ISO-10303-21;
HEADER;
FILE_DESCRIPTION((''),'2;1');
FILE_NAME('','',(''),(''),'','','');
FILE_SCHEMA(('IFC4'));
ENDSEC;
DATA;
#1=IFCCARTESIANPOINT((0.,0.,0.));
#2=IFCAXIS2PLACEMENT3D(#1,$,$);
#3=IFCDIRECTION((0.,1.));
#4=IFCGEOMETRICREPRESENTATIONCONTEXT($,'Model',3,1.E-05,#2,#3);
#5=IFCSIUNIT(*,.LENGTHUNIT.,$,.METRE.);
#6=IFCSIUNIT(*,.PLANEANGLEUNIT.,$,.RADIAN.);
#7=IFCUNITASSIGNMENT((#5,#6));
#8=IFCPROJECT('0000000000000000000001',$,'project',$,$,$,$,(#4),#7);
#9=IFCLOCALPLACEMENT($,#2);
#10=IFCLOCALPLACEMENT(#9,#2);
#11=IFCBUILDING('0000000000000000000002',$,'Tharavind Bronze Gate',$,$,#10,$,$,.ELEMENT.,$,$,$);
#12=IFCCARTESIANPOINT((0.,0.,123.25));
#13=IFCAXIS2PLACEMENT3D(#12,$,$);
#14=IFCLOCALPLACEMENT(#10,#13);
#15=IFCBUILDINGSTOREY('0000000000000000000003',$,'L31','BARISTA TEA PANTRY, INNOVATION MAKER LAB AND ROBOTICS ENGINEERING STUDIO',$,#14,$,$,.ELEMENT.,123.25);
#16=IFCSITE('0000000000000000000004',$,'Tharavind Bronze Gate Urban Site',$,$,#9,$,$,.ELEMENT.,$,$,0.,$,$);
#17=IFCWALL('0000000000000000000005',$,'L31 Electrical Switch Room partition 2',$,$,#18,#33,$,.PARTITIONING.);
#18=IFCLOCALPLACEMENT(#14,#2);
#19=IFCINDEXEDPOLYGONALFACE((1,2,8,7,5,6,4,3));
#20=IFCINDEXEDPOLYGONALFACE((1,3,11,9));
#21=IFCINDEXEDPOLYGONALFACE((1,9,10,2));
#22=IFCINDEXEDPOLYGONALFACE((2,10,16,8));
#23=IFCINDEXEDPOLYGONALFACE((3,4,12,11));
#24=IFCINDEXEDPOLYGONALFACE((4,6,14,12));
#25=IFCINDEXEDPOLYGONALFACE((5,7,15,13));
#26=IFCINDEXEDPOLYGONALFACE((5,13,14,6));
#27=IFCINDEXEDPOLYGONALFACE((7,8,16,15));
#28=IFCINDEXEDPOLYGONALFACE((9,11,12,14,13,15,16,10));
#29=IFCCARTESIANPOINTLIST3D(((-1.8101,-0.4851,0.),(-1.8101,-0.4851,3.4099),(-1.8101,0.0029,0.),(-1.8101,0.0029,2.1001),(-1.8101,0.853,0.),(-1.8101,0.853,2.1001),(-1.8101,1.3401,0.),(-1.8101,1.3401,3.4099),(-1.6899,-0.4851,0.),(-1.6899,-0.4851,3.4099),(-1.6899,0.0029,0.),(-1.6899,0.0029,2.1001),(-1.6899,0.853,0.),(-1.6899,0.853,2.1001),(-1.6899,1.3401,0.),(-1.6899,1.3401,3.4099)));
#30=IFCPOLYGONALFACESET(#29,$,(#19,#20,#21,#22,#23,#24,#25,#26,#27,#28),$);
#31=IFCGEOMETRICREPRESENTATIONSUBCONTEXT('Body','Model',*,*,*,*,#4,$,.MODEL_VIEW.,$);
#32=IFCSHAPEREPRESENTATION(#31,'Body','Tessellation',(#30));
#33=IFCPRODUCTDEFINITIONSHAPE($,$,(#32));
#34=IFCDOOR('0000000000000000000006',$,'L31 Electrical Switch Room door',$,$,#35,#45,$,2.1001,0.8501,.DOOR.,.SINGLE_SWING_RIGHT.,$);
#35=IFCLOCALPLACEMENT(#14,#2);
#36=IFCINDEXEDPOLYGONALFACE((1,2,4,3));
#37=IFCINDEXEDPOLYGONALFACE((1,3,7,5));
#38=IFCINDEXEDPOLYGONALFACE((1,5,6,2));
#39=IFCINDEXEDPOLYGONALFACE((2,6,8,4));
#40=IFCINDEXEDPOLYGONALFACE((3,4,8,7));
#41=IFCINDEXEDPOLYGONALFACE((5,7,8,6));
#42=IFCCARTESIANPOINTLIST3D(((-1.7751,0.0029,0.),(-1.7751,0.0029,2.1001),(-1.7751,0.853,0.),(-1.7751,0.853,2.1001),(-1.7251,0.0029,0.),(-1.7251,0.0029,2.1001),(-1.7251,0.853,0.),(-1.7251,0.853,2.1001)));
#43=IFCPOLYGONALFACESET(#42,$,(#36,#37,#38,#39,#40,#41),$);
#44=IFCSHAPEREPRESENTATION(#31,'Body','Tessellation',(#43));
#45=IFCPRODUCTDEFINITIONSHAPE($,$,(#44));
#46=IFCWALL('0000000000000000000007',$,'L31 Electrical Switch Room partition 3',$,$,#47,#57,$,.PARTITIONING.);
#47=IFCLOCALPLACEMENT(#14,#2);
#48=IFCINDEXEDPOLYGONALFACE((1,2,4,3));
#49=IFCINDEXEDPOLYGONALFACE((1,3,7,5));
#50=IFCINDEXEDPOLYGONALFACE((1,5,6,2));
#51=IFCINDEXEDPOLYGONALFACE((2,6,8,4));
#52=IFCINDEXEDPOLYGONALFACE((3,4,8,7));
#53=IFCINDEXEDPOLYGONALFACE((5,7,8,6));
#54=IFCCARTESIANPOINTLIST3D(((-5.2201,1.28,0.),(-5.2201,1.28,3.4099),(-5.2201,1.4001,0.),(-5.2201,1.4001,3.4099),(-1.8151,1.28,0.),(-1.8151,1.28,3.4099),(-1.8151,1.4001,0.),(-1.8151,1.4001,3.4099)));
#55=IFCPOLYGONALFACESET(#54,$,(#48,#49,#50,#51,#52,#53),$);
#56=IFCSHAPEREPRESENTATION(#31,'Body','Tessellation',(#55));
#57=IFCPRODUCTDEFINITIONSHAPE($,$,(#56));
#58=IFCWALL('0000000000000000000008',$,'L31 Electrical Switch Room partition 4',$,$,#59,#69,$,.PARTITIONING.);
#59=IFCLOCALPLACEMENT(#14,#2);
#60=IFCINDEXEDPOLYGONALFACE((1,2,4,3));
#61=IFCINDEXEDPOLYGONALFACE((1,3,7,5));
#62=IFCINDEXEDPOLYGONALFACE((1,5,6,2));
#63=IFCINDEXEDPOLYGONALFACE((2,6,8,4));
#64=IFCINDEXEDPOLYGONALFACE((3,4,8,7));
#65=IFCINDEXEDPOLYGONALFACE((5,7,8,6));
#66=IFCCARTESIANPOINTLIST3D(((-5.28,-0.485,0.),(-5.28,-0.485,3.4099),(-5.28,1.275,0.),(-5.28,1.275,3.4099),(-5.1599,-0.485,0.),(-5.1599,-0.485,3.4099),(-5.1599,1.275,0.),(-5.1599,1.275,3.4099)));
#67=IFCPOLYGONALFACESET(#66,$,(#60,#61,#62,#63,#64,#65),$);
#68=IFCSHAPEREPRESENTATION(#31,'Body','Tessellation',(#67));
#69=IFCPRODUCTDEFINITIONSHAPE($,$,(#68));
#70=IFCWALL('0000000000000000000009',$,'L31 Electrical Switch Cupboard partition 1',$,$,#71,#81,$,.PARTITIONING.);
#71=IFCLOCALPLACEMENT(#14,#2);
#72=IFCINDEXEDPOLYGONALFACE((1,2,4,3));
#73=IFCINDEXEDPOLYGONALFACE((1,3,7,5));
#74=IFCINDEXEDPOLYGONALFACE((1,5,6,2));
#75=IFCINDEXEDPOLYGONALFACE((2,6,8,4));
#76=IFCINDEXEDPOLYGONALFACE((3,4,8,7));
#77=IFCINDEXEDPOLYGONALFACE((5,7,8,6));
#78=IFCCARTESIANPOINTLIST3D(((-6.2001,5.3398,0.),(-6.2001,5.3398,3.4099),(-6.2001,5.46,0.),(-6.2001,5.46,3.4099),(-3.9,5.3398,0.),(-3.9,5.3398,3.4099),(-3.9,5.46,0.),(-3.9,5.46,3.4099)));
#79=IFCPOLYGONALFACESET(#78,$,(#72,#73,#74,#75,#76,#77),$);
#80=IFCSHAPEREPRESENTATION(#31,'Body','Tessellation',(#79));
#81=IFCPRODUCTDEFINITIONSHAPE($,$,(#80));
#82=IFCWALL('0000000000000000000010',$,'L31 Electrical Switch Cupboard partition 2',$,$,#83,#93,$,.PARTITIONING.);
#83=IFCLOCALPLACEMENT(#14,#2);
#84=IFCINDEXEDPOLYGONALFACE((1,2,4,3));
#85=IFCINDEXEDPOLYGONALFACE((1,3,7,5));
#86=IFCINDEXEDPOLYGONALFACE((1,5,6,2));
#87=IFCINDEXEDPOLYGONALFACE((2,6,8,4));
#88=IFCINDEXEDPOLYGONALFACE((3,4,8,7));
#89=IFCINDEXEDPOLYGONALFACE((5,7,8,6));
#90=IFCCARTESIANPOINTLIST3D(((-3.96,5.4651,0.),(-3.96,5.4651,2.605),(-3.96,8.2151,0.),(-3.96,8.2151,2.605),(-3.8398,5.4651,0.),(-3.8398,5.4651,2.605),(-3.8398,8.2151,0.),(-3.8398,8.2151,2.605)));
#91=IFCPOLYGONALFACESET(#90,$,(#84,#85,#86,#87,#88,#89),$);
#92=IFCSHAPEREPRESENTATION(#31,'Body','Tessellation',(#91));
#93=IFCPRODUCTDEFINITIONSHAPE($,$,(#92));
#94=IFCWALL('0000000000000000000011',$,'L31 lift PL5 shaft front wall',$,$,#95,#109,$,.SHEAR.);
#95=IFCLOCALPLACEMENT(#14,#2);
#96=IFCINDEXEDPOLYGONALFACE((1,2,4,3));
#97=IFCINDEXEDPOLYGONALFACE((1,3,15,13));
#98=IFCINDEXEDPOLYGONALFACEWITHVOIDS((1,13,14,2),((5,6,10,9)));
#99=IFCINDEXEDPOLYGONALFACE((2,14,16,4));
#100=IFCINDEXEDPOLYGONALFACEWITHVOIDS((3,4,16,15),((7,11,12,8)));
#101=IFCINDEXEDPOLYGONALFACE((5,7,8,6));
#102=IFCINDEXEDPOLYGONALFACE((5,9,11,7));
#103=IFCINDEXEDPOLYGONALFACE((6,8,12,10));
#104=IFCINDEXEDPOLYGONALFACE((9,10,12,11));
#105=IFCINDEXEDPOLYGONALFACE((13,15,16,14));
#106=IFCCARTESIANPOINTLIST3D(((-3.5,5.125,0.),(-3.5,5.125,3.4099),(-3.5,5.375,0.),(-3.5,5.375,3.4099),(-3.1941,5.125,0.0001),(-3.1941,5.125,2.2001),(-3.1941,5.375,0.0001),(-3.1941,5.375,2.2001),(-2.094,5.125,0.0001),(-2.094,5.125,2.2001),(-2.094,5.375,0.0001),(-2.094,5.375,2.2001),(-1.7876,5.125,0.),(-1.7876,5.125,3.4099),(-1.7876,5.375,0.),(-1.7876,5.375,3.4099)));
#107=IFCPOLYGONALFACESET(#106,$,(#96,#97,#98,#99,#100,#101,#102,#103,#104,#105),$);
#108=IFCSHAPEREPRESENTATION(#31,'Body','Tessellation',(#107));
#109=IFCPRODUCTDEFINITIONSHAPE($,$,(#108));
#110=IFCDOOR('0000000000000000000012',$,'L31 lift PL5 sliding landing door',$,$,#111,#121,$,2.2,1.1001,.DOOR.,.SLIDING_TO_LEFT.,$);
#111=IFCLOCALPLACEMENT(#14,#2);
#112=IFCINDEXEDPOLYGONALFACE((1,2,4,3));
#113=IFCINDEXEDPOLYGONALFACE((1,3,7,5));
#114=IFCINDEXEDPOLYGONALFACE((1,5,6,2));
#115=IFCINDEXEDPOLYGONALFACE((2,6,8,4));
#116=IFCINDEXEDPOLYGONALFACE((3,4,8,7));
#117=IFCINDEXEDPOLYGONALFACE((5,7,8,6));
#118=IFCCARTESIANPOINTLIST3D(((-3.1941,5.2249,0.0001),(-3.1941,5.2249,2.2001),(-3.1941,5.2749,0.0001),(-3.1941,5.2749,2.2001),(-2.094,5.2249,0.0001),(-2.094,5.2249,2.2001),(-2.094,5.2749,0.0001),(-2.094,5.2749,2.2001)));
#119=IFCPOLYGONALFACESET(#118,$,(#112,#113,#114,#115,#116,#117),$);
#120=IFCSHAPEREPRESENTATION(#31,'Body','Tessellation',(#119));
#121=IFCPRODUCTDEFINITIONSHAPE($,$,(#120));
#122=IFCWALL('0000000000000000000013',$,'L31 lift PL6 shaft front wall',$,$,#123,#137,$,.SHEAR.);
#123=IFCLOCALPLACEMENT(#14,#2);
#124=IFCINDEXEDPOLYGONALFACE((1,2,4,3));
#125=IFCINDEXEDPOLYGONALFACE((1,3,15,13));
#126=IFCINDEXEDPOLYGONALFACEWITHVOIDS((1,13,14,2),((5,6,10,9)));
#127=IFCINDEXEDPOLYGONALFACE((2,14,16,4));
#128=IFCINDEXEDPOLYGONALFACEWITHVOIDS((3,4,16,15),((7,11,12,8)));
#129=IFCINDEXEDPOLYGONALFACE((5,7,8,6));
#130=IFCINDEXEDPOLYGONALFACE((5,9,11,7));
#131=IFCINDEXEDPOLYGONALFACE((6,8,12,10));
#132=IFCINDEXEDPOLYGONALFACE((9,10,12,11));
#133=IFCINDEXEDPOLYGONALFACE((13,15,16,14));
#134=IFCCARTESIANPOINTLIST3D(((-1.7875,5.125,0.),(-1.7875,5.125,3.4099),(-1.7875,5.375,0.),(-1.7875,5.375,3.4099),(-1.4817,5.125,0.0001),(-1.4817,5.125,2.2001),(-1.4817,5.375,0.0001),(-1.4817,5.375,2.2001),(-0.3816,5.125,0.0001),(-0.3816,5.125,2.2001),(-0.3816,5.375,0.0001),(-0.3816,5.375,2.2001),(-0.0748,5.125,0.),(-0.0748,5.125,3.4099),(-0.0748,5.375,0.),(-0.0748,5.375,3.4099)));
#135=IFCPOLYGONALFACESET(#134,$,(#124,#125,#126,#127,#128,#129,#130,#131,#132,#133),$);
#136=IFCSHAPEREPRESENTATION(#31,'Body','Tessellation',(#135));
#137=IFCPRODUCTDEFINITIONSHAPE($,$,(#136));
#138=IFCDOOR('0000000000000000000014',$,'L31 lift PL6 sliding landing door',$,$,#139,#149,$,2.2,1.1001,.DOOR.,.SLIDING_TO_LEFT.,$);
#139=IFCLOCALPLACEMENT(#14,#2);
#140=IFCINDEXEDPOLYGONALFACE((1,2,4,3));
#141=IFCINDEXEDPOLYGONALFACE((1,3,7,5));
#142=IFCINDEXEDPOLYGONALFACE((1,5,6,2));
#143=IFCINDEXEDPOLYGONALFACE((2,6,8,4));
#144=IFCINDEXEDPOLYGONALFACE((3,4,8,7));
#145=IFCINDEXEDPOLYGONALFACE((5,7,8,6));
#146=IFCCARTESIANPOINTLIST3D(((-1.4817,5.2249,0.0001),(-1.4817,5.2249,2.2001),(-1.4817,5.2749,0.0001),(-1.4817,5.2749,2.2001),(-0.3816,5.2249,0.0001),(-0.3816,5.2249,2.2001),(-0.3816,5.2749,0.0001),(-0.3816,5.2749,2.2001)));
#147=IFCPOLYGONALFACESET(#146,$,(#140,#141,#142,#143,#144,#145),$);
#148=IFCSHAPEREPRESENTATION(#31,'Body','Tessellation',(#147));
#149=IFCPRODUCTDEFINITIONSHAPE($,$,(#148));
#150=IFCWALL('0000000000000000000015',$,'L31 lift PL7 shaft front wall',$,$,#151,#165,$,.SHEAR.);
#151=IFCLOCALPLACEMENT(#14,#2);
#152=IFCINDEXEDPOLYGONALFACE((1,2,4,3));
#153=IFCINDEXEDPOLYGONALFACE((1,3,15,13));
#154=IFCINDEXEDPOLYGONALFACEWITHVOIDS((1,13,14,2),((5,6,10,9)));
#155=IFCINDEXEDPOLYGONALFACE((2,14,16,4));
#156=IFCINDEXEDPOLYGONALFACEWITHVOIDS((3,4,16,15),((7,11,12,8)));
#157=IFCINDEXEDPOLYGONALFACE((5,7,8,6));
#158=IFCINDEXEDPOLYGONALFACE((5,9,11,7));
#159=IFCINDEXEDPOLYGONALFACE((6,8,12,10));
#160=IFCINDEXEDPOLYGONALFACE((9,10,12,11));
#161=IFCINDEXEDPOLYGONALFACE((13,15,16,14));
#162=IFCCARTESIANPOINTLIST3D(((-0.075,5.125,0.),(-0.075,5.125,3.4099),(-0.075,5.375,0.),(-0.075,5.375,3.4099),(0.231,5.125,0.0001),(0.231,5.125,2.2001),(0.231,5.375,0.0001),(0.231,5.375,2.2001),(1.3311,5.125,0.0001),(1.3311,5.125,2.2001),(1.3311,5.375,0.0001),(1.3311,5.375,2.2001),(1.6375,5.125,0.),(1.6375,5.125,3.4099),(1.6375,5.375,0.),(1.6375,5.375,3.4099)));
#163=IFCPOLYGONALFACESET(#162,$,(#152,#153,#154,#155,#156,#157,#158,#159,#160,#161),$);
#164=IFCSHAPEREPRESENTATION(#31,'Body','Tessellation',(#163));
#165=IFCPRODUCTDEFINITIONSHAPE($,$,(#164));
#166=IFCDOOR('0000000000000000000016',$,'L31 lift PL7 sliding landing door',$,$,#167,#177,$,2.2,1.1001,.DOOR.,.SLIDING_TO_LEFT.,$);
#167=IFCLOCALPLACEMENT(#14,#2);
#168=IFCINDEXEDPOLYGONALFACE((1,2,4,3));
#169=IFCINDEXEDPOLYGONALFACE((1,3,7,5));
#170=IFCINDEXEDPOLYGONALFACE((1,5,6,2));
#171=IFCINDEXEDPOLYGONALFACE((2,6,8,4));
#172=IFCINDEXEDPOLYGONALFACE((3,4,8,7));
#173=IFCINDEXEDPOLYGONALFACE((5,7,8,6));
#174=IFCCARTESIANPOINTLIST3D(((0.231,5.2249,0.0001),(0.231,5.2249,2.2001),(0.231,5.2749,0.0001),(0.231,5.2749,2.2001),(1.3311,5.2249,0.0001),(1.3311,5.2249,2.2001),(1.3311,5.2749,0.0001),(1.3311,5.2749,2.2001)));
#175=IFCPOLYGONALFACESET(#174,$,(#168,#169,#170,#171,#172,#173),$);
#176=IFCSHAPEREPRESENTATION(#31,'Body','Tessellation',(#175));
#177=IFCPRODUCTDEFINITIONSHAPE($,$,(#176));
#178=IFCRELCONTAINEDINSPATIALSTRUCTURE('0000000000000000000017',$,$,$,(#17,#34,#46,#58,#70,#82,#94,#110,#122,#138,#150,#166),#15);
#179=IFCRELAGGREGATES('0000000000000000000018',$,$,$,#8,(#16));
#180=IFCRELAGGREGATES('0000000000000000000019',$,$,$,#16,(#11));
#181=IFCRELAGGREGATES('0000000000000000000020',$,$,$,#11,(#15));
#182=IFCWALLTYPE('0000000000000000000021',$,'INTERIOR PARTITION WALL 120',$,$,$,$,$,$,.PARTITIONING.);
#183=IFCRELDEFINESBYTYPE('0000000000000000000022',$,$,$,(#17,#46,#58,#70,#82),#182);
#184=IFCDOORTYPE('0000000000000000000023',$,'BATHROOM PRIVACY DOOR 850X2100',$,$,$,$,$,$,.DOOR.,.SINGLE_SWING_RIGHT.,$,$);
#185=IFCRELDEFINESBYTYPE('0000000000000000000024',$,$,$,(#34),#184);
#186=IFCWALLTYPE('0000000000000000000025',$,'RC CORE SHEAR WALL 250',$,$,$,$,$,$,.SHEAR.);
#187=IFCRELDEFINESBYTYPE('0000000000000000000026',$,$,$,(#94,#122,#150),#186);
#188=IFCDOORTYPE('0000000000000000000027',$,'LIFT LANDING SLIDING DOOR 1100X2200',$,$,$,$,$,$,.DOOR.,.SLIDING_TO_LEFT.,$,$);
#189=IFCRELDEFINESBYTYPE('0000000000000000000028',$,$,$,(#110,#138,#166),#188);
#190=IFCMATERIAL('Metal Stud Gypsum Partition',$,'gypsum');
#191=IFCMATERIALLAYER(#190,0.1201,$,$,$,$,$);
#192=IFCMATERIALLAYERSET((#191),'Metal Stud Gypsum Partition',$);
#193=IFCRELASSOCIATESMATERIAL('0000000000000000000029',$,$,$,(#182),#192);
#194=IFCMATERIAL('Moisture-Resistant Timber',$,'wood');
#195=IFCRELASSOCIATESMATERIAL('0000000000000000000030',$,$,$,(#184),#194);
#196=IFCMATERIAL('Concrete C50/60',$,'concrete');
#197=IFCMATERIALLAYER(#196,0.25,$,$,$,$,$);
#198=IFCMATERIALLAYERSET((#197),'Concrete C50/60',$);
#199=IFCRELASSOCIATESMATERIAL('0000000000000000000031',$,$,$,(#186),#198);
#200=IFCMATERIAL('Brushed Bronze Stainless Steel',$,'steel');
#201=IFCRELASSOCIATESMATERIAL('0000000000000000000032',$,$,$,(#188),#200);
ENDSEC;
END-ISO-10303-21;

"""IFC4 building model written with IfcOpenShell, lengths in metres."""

from ifc_helpers import new_model, si_unit, direction, frame, frame_2d, origin, place, context, subcontext, project, spatial, rectangle, extrude, material, layer, layer_set, type_object, element, fill, save


model = new_model("IFC4")

# Units and contexts
model_context = context("Model", 3, precision=1e-05, world=origin(), true_north=direction((0.0, 1.0)))
body_context = subcontext(model_context, "Body", "Model", "MODEL_VIEW")
ifc_project = project(units=[si_unit("LENGTHUNIT", "METRE"), si_unit("PLANEANGLEUNIT", "RADIAN")], contexts=[model_context])

# Site, building, storey
site_placement = place(None, origin())
site = spatial("IfcSite", under=ifc_project, at=site_placement, Name="Tharavind Bronze Gate Urban Site", CompositionType="ELEMENT", RefElevation=0.0)
building_placement = place(site_placement, origin())
building = spatial("IfcBuilding", under=site, at=building_placement, Name="Tharavind Bronze Gate", CompositionType="ELEMENT")
storey_placement = place(building_placement, frame((0.0, 0.0, 123.25)))
storey = spatial("IfcBuildingStorey", under=building, at=storey_placement, Name="L31", Description="BARISTA TEA PANTRY, INNOVATION MAKER LAB AND ROBOTICS ENGINEERING STUDIO", CompositionType="ELEMENT", Elevation=123.25)

# Shared definitions
ifc_material_1 = material(Name="Metal Stud Gypsum Partition", Category="gypsum")
ifc_layer_1 = layer(ifc_material_1, 0.1201)
ifc_layer_set_1 = layer_set([ifc_layer_1], Name="Metal Stud Gypsum Partition")
wall_type_1 = type_object("IfcWallType", Name="INTERIOR PARTITION WALL 120", PredefinedType="PARTITIONING", material=ifc_layer_set_1)

# Shared definitions
ifc_material_2 = material(Name="Moisture-Resistant Timber", Category="wood")
door_type_1 = type_object("IfcDoorType", Name="BATHROOM PRIVACY DOOR 850X2100", OperationType="SINGLE_SWING_RIGHT", PredefinedType="DOOR", material=ifc_material_2)

# Wall, opening, door
wall_1_placement = place(storey_placement, frame((-1.75, -0.4851, 0.0), z_axis=(0.0, 0.0, 1.0), x_axis=(0.0, 1.0, 0.0)))
wall_1 = element("IfcWall", 1, at=wall_1_placement, inside=storey, type_object=wall_type_1, Name="L31 Electrical Switch Room partition 2", PredefinedType="PARTITIONING", context=body_context, shape_type="SweptSolid", body=[
    extrude(rectangle(XDim=1.8252, YDim=0.1201, at=frame_2d((0.9126, 0.0))), origin(), (0.0, 0.0, 1.0), 3.4099),
])
opening_1_placement = place(wall_1_placement, frame((0.488, 0.0, 0.0)))
opening_1 = element("IfcOpeningElement", 2, at=opening_1_placement, cuts=wall_1, PredefinedType="OPENING", context=body_context, shape_type="SweptSolid", body=[
    extrude(rectangle(XDim=0.8501, YDim=2.1001, at=frame_2d((0.425, 1.05))), frame((0.0, 0.0701, 0.0), z_axis=(0.0, -1.0, 0.0), x_axis=(1.0, 0.0, 0.0)), (0.0, 0.0, 1.0), 0.1401),
])
door_1_placement = place(opening_1_placement, frame((0.8501, 0.0, 0.0), z_axis=(0.0, 0.0, 1.0), x_axis=(-1.0, 0.0, 0.0)))
door_1 = element("IfcDoor", 3, at=door_1_placement, inside=storey, type_object=door_type_1, Name="L31 Electrical Switch Room door", OperationType="SINGLE_SWING_RIGHT", OverallHeight=2.1001, OverallWidth=0.8501, PredefinedType="DOOR", context=body_context, shape_type="SweptSolid", body=[
    extrude(rectangle(XDim=0.8501, YDim=2.1001, at=frame_2d((0.425, 1.05))), frame((0.0, 0.0249, 0.0), z_axis=(0.0, -1.0, 0.0), x_axis=(1.0, 0.0, 0.0)), (0.0, 0.0, 1.0), 0.05),
])
fill(opening_1, door_1)

# Walls
wall_2_placement = place(storey_placement, frame((-1.8149, 1.3401, 0.0), z_axis=(0.0, 0.0, 1.0), x_axis=(-1.0, 0.0, 0.0)))
element("IfcWall", 4, at=wall_2_placement, inside=storey, type_object=wall_type_1, Name="L31 Electrical Switch Room partition 3", PredefinedType="PARTITIONING", context=body_context, shape_type="SweptSolid", body=[
    extrude(rectangle(XDim=3.405, YDim=0.1201, at=frame_2d((1.7026, 0.0))), origin(), (0.0, 0.0, 1.0), 3.4099),
])
wall_3_placement = place(storey_placement, frame((-5.22, 1.2749, 0.0), z_axis=(0.0, 0.0, 1.0), x_axis=(0.0, -1.0, 0.0)))
element("IfcWall", 5, at=wall_3_placement, inside=storey, type_object=wall_type_1, Name="L31 Electrical Switch Room partition 4", PredefinedType="PARTITIONING", context=body_context, shape_type="SweptSolid", body=[
    extrude(rectangle(XDim=1.76, YDim=0.1201, at=frame_2d((0.8799, 0.0))), origin(), (0.0, 0.0, 1.0), 3.4099),
])
wall_4_placement = place(storey_placement, frame((-6.2, 5.3999, 0.0), z_axis=(0.0, 0.0, 1.0), x_axis=(1.0, 0.0, 0.0)))
element("IfcWall", 6, at=wall_4_placement, inside=storey, type_object=wall_type_1, Name="L31 Electrical Switch Cupboard partition 1", PredefinedType="PARTITIONING", context=body_context, shape_type="SweptSolid", body=[
    extrude(rectangle(XDim=2.3, YDim=0.1201, at=frame_2d((1.1499, 0.0))), origin(), (0.0, 0.0, 1.0), 3.4099),
])
wall_5_placement = place(storey_placement, frame((-3.8999, 5.4651, 0.0), z_axis=(0.0, 0.0, 1.0), x_axis=(0.0, 1.0, 0.0)))
element("IfcWall", 7, at=wall_5_placement, inside=storey, type_object=wall_type_1, Name="L31 Electrical Switch Cupboard partition 2", PredefinedType="PARTITIONING", context=body_context, shape_type="SweptSolid", body=[
    extrude(rectangle(XDim=2.75, YDim=0.1201, at=frame_2d((1.375, 0.0))), origin(), (0.0, 0.0, 1.0), 2.605),
])

# Walls, openings, doors
ifc_material_3 = material(Name="Concrete C50/60", Category="concrete")
ifc_layer_2 = layer(ifc_material_3, 0.25)
ifc_layer_set_2 = layer_set([ifc_layer_2], Name="Concrete C50/60")
wall_type_2 = type_object("IfcWallType", Name="RC CORE SHEAR WALL 250", PredefinedType="SHEAR", material=ifc_layer_set_2)
wall_6_placement = place(storey_placement, frame((-3.5, 5.25, 0.0), z_axis=(0.0, 0.0, 1.0), x_axis=(1.0, 0.0, 0.0)))
wall_6 = element("IfcWall", 8, at=wall_6_placement, inside=storey, type_object=wall_type_2, Name="L31 lift PL5 shaft front wall", PredefinedType="SHEAR", context=body_context, shape_type="SweptSolid", body=[
    extrude(rectangle(XDim=1.7124, YDim=0.25, at=frame_2d((0.8562, 0.0))), origin(), (0.0, 0.0, 1.0), 3.4099),
])
opening_2_placement = place(wall_6_placement, frame((0.3059, 0.0, 0.0)))
opening_2 = element("IfcOpeningElement", 9, at=opening_2_placement, cuts=wall_6, PredefinedType="OPENING", context=body_context, shape_type="SweptSolid", body=[
    extrude(rectangle(XDim=1.1001, YDim=2.2, at=frame_2d((0.55, 1.1001))), frame((0.0, 0.135, 0.0), z_axis=(0.0, -1.0, 0.0), x_axis=(1.0, 0.0, 0.0)), (0.0, 0.0, 1.0), 0.27),
])
ifc_material_4 = material(Name="Brushed Bronze Stainless Steel", Category="steel")
door_type_2 = type_object("IfcDoorType", Name="LIFT LANDING SLIDING DOOR 1100X2200", OperationType="SLIDING_TO_LEFT", PredefinedType="DOOR", material=ifc_material_4)
door_2_placement = place(opening_2_placement, origin())
door_2 = element("IfcDoor", 10, at=door_2_placement, inside=storey, type_object=door_type_2, Name="L31 lift PL5 sliding landing door", OperationType="SLIDING_TO_LEFT", OverallHeight=2.2, OverallWidth=1.1001, PredefinedType="DOOR", context=body_context, shape_type="SweptSolid", body=[
    extrude(rectangle(XDim=1.1001, YDim=2.2, at=frame_2d((0.55, 1.1001))), frame((0.0, 0.0249, 0.0), z_axis=(0.0, -1.0, 0.0), x_axis=(1.0, 0.0, 0.0)), (0.0, 0.0, 1.0), 0.05),
])
fill(opening_2, door_2)
wall_7_placement = place(storey_placement, frame((-1.7876, 5.25, 0.0), z_axis=(0.0, 0.0, 1.0), x_axis=(1.0, 0.0, 0.0)))
wall_7 = element("IfcWall", 11, at=wall_7_placement, inside=storey, type_object=wall_type_2, Name="L31 lift PL6 shaft front wall", PredefinedType="SHEAR", context=body_context, shape_type="SweptSolid", body=[
    extrude(rectangle(XDim=1.7126, YDim=0.25, at=frame_2d((0.8564, 0.0))), origin(), (0.0, 0.0, 1.0), 3.4099),
])
opening_3_placement = place(wall_7_placement, frame((0.3059, 0.0, 0.0)))
opening_3 = element("IfcOpeningElement", 12, at=opening_3_placement, cuts=wall_7, PredefinedType="OPENING", context=body_context, shape_type="SweptSolid", body=[
    extrude(rectangle(XDim=1.1001, YDim=2.2, at=frame_2d((0.55, 1.1001))), frame((0.0, 0.135, 0.0), z_axis=(0.0, -1.0, 0.0), x_axis=(1.0, 0.0, 0.0)), (0.0, 0.0, 1.0), 0.27),
])
door_3_placement = place(opening_3_placement, origin())
door_3 = element("IfcDoor", 13, at=door_3_placement, inside=storey, type_object=door_type_2, Name="L31 lift PL6 sliding landing door", OperationType="SLIDING_TO_LEFT", OverallHeight=2.2, OverallWidth=1.1001, PredefinedType="DOOR", context=body_context, shape_type="SweptSolid", body=[
    extrude(rectangle(XDim=1.1001, YDim=2.2, at=frame_2d((0.55, 1.1001))), frame((0.0, 0.0249, 0.0), z_axis=(0.0, -1.0, 0.0), x_axis=(1.0, 0.0, 0.0)), (0.0, 0.0, 1.0), 0.05),
])
fill(opening_3, door_3)
wall_8_placement = place(storey_placement, frame((-0.075, 5.25, 0.0), z_axis=(0.0, 0.0, 1.0), x_axis=(1.0, 0.0, 0.0)))
wall_8 = element("IfcWall", 14, at=wall_8_placement, inside=storey, type_object=wall_type_2, Name="L31 lift PL7 shaft front wall", PredefinedType="SHEAR", context=body_context, shape_type="SweptSolid", body=[
    extrude(rectangle(XDim=1.7124, YDim=0.25, at=frame_2d((0.8562, 0.0))), origin(), (0.0, 0.0, 1.0), 3.4099),
])
opening_4_placement = place(wall_8_placement, frame((0.3059, 0.0, 0.0)))
opening_4 = element("IfcOpeningElement", 15, at=opening_4_placement, cuts=wall_8, PredefinedType="OPENING", context=body_context, shape_type="SweptSolid", body=[
    extrude(rectangle(XDim=1.1001, YDim=2.2, at=frame_2d((0.55, 1.1001))), frame((0.0, 0.135, 0.0), z_axis=(0.0, -1.0, 0.0), x_axis=(1.0, 0.0, 0.0)), (0.0, 0.0, 1.0), 0.27),
])
door_4_placement = place(opening_4_placement, origin())
door_4 = element("IfcDoor", 16, at=door_4_placement, inside=storey, type_object=door_type_2, Name="L31 lift PL7 sliding landing door", OperationType="SLIDING_TO_LEFT", OverallHeight=2.2, OverallWidth=1.1001, PredefinedType="DOOR", context=body_context, shape_type="SweptSolid", body=[
    extrude(rectangle(XDim=1.1001, YDim=2.2, at=frame_2d((0.55, 1.1001))), frame((0.0, 0.0249, 0.0), z_axis=(0.0, -1.0, 0.0), x_axis=(1.0, 0.0, 0.0)), (0.0, 0.0, 1.0), 0.05),
])
fill(opening_4, door_4)

save(model, "model.ifc")
